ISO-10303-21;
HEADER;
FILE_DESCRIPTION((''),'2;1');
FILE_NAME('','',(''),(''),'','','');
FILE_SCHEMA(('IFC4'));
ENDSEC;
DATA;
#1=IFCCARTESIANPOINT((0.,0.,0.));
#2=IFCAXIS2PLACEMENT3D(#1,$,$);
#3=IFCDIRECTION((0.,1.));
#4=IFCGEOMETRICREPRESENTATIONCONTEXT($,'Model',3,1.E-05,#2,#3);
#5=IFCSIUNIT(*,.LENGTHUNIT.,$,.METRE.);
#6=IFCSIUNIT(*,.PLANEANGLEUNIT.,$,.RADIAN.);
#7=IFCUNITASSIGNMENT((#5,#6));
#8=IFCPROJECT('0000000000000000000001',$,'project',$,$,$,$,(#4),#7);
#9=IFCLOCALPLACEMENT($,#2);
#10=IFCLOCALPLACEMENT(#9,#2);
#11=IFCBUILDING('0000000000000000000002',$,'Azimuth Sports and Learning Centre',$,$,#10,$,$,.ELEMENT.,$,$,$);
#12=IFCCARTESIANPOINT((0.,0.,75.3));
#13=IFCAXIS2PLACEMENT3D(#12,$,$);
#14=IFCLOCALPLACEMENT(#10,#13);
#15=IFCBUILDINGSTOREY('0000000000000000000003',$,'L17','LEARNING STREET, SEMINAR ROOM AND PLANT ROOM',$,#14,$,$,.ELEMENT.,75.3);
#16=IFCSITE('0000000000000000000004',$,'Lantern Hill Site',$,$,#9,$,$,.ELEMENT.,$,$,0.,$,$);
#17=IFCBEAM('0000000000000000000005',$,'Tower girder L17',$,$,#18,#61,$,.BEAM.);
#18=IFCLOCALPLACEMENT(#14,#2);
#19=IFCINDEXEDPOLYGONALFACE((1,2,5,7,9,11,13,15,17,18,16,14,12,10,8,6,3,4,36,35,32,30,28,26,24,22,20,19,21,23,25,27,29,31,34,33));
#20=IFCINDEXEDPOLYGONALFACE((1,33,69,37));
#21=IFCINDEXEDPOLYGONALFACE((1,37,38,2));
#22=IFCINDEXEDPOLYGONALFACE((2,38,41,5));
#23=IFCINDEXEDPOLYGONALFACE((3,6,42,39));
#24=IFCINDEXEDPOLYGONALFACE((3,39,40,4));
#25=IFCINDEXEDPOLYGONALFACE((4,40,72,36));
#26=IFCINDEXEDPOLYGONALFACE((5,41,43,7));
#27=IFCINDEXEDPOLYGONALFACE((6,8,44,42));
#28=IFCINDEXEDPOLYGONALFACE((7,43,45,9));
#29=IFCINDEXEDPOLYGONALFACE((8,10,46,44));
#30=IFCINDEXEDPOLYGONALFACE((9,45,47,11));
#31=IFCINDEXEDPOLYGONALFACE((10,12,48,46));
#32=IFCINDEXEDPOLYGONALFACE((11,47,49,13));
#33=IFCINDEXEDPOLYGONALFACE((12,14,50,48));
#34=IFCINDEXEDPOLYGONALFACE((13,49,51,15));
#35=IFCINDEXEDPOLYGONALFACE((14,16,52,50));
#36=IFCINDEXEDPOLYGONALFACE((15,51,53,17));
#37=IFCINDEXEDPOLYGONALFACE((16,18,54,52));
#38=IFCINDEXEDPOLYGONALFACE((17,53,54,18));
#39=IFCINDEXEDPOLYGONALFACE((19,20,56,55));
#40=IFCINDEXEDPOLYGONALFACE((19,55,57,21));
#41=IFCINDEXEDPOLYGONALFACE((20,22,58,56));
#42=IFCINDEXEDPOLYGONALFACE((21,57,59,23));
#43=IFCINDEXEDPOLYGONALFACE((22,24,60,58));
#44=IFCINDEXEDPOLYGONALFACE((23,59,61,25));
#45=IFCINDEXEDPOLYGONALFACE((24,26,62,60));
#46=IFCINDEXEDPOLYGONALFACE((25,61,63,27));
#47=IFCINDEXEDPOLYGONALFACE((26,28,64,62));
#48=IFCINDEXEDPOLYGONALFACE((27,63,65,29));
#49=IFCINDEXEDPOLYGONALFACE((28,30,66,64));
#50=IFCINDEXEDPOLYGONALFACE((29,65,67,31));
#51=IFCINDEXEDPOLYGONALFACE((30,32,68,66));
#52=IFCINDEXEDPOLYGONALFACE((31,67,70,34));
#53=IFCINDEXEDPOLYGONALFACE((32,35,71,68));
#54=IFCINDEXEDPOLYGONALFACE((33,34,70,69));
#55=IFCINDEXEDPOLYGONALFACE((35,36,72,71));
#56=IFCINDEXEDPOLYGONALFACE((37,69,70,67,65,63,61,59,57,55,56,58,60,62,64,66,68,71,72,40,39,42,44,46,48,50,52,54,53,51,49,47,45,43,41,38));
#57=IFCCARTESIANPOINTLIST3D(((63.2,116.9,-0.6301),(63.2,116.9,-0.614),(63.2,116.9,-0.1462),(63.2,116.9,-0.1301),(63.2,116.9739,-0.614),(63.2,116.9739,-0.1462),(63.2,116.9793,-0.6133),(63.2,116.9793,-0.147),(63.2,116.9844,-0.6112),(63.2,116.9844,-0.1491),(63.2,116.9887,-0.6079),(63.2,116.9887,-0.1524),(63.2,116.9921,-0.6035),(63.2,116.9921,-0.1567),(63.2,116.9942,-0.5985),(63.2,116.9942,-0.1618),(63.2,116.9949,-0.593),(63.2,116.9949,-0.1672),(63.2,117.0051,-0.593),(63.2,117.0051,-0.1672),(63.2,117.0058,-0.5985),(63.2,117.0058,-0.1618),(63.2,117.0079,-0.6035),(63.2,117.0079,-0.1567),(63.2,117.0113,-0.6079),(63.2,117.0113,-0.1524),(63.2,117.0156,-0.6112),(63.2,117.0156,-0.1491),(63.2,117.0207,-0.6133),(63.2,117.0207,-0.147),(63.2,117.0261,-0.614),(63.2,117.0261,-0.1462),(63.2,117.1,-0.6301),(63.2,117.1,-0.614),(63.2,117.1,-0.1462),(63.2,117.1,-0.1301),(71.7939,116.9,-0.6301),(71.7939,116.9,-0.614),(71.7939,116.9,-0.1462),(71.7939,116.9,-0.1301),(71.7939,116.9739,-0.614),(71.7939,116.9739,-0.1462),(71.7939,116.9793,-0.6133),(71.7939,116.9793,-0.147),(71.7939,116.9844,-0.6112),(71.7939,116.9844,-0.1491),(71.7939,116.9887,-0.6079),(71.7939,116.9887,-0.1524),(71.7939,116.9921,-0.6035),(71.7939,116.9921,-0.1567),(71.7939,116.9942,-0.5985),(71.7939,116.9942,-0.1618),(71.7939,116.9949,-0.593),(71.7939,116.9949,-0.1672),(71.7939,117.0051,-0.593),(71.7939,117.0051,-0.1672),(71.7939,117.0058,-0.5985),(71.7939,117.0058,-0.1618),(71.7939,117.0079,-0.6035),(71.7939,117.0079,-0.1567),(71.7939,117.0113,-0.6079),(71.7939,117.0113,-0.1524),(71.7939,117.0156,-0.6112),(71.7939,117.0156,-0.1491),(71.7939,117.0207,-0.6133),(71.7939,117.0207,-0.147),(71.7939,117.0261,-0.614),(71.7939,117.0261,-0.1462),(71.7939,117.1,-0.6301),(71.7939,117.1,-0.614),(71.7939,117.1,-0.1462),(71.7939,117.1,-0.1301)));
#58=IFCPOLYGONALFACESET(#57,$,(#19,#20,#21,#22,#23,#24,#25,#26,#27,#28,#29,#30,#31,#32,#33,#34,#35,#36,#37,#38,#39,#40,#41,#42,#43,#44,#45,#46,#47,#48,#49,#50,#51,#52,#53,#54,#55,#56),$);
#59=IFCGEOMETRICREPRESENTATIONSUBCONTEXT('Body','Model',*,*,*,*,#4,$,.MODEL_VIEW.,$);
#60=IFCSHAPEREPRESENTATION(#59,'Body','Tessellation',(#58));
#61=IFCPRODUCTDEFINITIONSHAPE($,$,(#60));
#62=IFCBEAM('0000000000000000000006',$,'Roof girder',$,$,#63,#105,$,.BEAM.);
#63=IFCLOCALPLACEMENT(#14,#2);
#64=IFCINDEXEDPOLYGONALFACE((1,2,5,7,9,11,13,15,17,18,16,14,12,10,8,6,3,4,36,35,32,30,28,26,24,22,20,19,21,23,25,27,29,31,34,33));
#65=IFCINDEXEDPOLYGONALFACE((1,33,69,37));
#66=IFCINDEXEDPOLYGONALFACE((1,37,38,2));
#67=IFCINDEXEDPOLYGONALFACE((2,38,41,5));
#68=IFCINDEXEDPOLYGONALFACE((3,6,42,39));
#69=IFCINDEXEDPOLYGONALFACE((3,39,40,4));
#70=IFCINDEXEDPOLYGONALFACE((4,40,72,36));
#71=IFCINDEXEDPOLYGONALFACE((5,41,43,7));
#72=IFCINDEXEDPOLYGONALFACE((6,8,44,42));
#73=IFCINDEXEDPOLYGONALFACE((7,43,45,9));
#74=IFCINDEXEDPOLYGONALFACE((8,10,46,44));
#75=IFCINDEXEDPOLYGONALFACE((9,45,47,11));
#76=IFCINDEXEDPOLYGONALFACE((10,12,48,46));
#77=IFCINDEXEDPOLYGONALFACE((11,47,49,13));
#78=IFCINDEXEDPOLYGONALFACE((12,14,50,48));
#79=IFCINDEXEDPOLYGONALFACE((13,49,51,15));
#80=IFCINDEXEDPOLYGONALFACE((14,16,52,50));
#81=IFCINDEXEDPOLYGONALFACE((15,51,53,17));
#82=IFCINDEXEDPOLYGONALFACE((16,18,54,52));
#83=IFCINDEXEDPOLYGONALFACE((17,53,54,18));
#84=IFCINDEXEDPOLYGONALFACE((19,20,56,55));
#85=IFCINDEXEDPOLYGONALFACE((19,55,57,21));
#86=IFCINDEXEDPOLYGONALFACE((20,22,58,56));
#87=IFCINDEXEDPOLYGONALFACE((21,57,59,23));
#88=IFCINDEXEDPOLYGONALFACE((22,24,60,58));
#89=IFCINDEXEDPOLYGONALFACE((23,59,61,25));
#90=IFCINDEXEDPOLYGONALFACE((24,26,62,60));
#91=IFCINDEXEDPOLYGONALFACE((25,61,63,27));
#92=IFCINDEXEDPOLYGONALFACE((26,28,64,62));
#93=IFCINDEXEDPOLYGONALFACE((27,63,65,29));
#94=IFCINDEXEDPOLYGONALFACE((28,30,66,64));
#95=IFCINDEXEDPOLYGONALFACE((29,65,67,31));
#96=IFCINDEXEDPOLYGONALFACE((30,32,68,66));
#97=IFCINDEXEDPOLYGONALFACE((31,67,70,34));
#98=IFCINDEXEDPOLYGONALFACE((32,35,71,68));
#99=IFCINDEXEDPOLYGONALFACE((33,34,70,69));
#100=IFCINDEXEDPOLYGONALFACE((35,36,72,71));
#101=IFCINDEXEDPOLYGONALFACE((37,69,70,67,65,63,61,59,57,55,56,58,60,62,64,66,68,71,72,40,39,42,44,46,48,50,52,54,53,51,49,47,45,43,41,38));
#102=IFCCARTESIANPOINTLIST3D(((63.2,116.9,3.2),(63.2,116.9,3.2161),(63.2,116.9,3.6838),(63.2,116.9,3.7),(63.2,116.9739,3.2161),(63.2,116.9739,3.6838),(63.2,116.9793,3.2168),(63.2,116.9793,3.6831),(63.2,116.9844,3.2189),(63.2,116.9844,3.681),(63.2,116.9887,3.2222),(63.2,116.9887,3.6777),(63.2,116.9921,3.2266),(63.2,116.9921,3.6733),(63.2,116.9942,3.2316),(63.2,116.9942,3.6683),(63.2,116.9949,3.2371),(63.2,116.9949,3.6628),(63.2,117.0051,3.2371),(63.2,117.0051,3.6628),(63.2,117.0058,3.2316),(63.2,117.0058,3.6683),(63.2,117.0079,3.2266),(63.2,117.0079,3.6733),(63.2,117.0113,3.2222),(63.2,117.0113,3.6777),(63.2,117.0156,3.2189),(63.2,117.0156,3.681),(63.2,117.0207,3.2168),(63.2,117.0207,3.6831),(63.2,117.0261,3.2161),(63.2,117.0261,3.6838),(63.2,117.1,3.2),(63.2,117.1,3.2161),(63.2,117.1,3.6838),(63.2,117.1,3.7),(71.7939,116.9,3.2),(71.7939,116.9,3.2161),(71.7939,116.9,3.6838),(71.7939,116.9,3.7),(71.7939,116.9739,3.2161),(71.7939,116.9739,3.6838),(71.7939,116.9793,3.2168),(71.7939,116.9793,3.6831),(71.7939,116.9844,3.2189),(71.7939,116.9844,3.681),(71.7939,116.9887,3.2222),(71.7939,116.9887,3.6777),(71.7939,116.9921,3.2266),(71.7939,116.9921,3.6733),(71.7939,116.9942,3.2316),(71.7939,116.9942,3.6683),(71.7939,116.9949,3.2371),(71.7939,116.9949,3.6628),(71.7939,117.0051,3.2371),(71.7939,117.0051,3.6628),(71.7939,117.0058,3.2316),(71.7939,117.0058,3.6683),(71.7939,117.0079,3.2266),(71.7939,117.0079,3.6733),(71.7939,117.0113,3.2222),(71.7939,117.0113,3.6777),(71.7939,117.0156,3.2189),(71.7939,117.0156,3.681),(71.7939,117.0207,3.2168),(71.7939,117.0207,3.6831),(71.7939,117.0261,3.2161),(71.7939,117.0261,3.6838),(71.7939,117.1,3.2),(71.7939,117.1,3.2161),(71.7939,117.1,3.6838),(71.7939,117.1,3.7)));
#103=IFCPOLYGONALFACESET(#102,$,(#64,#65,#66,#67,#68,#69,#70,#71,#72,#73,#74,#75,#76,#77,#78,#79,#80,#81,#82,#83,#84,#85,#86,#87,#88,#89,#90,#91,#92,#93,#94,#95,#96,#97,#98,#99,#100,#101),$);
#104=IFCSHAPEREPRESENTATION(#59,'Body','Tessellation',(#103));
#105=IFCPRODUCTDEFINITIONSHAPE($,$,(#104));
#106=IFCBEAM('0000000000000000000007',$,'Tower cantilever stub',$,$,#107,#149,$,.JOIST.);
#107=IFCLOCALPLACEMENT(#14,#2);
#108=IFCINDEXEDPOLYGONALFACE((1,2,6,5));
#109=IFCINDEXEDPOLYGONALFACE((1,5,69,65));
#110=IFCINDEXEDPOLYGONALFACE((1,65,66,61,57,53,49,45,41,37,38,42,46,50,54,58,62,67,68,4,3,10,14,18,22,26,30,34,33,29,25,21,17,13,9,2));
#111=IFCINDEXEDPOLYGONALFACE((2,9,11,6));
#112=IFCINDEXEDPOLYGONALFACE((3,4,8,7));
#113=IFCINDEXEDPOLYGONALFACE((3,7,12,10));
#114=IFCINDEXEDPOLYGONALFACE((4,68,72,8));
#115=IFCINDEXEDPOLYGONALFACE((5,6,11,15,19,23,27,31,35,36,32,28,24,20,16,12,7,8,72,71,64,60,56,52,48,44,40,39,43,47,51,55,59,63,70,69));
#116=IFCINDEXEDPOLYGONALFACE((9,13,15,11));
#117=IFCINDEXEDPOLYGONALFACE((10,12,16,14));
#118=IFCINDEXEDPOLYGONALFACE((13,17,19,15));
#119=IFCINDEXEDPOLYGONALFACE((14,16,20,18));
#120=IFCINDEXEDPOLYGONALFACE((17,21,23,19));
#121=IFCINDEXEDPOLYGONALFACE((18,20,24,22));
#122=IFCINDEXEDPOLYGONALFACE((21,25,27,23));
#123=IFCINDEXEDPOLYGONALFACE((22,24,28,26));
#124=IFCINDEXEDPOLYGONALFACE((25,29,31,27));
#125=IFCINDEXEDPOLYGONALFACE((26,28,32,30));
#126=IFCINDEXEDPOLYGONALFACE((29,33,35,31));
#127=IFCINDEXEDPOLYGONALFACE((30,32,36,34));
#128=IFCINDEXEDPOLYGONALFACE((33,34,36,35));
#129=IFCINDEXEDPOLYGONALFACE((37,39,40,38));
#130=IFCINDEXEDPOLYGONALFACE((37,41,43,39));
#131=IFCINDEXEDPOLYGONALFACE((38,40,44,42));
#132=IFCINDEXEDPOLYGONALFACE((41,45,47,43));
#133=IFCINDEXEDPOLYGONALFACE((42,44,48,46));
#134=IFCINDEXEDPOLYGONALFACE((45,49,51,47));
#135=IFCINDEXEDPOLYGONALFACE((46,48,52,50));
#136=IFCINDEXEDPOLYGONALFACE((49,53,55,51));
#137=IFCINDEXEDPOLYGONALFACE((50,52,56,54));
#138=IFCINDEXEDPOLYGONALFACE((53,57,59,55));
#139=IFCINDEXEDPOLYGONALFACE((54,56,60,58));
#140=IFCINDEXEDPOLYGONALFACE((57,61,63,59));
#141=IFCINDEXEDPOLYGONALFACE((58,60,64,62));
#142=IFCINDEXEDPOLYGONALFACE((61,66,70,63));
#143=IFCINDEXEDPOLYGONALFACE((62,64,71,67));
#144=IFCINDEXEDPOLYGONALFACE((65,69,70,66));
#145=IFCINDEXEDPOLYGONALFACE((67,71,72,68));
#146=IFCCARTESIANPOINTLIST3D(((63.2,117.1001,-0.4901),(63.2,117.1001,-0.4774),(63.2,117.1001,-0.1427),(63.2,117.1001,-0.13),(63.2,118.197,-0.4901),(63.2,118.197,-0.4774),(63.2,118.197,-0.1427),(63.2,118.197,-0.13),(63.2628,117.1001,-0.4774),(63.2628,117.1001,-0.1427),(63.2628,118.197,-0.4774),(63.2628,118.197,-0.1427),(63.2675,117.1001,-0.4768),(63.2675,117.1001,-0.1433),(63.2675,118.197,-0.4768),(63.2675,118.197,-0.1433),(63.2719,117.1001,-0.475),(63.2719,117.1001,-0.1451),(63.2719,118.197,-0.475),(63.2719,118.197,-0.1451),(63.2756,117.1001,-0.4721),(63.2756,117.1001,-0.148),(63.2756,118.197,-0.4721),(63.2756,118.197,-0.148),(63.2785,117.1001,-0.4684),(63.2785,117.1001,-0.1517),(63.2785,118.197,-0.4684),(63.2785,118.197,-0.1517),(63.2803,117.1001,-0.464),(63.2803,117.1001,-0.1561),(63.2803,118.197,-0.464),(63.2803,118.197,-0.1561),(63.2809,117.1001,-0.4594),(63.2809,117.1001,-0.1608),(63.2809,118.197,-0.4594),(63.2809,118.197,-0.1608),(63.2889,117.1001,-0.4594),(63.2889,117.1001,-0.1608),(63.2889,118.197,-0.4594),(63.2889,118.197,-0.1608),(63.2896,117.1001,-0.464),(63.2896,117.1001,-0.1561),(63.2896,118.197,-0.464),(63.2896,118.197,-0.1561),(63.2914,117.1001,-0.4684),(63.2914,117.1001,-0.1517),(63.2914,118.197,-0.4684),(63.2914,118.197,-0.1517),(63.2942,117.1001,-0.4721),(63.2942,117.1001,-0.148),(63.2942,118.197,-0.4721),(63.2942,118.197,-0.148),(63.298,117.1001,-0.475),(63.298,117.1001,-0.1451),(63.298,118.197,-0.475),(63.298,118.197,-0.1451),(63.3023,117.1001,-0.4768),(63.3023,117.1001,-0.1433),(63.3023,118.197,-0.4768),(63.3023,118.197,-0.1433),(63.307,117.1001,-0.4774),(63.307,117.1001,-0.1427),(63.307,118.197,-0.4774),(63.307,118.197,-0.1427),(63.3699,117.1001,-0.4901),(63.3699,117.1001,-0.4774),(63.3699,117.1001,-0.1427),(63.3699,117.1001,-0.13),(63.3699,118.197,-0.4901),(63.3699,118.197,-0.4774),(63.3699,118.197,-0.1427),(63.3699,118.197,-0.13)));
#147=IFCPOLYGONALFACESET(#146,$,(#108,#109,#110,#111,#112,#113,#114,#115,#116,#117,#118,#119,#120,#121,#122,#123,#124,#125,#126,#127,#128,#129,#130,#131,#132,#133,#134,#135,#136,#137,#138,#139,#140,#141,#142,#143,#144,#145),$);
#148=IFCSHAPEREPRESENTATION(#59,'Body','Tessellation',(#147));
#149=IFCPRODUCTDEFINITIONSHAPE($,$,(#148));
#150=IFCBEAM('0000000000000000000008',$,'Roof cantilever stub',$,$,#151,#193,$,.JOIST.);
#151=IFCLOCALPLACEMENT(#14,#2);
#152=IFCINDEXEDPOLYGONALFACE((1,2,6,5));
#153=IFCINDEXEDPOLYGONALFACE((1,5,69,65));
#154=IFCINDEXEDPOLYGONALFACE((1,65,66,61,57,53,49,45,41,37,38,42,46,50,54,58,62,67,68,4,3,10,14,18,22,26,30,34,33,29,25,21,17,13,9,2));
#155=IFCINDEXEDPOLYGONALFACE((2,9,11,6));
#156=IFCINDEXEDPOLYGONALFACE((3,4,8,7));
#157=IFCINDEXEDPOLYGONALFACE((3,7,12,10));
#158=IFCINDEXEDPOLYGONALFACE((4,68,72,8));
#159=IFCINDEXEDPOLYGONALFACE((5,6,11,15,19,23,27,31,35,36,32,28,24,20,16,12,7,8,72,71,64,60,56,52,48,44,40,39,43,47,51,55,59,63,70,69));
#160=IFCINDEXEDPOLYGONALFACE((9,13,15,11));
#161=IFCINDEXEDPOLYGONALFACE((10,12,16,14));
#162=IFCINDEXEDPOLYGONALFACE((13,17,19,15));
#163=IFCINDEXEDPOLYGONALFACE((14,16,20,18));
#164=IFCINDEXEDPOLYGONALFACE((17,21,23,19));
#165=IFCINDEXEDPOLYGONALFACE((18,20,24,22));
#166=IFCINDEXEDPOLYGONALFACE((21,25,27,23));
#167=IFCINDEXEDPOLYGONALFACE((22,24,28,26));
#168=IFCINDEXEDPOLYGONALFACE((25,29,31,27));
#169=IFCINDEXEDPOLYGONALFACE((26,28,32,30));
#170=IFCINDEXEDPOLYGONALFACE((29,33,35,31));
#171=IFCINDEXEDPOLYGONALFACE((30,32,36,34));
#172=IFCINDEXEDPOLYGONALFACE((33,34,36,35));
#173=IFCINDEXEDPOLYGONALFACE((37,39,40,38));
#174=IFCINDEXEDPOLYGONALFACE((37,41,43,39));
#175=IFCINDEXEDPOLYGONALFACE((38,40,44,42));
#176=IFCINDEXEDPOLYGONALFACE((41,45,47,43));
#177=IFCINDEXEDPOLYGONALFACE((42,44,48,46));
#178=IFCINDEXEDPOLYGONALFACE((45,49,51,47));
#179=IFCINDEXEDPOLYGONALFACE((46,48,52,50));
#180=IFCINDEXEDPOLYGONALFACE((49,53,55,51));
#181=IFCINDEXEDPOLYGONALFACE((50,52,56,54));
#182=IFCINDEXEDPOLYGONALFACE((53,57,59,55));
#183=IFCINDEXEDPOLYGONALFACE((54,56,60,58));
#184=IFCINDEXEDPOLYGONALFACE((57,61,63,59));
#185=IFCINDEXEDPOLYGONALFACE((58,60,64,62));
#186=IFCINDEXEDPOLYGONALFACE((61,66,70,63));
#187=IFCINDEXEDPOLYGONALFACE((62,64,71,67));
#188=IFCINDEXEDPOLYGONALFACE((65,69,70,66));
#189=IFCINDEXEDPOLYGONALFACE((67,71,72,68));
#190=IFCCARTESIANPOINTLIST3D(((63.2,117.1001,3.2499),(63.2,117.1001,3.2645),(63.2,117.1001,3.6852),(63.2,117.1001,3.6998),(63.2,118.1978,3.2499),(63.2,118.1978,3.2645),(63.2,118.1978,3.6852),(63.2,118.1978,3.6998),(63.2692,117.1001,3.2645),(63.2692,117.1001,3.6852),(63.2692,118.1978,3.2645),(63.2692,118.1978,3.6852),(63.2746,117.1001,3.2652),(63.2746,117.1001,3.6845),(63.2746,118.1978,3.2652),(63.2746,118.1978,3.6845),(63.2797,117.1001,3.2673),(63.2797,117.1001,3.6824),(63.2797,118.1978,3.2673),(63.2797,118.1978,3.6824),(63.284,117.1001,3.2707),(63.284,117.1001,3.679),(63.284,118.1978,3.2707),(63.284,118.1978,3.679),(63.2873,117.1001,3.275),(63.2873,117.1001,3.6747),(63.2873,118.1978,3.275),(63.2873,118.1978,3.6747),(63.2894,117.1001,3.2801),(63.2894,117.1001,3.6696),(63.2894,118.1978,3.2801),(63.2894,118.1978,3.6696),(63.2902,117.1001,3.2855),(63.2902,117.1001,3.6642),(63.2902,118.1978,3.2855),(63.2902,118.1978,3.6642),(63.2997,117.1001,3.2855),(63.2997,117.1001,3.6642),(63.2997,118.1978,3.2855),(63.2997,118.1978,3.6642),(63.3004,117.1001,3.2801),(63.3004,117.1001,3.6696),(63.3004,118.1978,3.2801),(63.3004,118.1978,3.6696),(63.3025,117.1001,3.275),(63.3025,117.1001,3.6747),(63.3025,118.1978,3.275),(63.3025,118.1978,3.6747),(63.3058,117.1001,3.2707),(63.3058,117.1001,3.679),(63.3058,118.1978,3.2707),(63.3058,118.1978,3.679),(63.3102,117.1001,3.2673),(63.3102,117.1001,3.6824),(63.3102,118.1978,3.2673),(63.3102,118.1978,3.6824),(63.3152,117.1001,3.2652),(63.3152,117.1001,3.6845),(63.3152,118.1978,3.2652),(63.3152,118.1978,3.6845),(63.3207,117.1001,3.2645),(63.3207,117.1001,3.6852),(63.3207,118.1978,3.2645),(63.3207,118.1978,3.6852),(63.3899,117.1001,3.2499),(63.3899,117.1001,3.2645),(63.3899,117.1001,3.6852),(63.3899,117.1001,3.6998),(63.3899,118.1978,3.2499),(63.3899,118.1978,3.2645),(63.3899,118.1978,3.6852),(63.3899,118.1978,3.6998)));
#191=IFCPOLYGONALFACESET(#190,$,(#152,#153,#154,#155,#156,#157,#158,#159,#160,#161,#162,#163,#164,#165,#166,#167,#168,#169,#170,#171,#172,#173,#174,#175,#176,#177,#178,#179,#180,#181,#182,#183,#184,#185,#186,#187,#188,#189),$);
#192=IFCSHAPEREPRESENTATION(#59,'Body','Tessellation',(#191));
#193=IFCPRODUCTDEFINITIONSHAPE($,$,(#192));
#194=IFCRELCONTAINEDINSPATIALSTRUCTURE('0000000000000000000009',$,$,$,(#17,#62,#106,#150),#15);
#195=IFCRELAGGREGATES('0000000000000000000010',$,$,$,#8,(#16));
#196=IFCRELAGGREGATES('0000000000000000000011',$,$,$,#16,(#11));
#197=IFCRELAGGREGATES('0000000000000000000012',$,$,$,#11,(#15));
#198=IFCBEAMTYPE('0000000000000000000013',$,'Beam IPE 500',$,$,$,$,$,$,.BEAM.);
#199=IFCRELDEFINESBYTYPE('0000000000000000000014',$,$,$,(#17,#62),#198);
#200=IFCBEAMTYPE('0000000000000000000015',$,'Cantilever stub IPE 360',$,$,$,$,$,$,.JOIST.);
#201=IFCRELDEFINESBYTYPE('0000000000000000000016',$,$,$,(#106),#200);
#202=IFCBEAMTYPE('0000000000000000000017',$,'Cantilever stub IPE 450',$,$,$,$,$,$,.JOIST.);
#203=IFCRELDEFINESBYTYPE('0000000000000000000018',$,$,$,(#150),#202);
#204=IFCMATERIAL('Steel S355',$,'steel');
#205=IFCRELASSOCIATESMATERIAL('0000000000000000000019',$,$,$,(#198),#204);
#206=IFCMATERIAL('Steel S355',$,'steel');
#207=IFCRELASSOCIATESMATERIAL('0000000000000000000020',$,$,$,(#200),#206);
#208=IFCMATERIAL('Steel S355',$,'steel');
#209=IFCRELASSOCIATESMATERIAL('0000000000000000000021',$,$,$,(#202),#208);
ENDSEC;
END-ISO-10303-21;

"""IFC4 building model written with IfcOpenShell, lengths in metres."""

from ifc_helpers import new_model, si_unit, direction, frame, origin, origin_2d, place, context, subcontext, project, spatial, i_section, extrude, material, material_profile, profile_set, type_object, element, save


model = new_model("IFC4")

# Units and contexts
model_context = context("Model", 3, precision=1e-05, world=origin(), true_north=direction((0.0, 1.0)))
body_context = subcontext(model_context, "Body", "Model", "MODEL_VIEW")
ifc_project = project(units=[si_unit("LENGTHUNIT", "METRE"), si_unit("PLANEANGLEUNIT", "RADIAN")], contexts=[model_context])

# Site, building, storey
site_placement = place(None, origin())
site = spatial("IfcSite", under=ifc_project, at=site_placement, Name="Lantern Hill Site", CompositionType="ELEMENT", RefElevation=0.0)
building_placement = place(site_placement, origin())
building = spatial("IfcBuilding", under=site, at=building_placement, Name="Azimuth Sports and Learning Centre", CompositionType="ELEMENT")
storey_placement = place(building_placement, frame((0.0, 0.0, 75.3)))
storey = spatial("IfcBuildingStorey", under=building, at=storey_placement, Name="L17", Description="LEARNING STREET, SEMINAR ROOM AND PLANT ROOM", CompositionType="ELEMENT", Elevation=75.3)

# Beams
ifc_material_1 = material(Name="Steel S355", Category="steel")
ifc_material_profile_1 = material_profile(ifc_material_1, i_section(OverallWidth=0.2, OverallDepth=0.5, WebThickness=0.0103, FlangeThickness=0.0161, FilletRadius=0.021, at=origin_2d()), Name="IPE 500")
ifc_profile_set_1 = profile_set([ifc_material_profile_1], Name="Steel S355")
beam_type_1 = type_object("IfcBeamType", Name="Beam IPE 500", PredefinedType="BEAM", material=ifc_profile_set_1)
for number, where, z_axis, x_axis, name in (
    (1, (63.2, 117.0, -0.3801), (1.0, 0.0, 0.0), (0.0, 1.0, 0.0), "Tower girder L17"),
    (2, (63.2, 117.0, 3.45), (1.0, 0.0, 0.0), (0.0, 1.0, 0.0), "Roof girder"),
):
    element("IfcBeam", number, at=place(storey_placement, frame(where, z_axis=z_axis, x_axis=x_axis)), inside=storey, type_object=beam_type_1, Name=name, PredefinedType="BEAM", context=body_context, shape_type="SweptSolid", body=[
        extrude(i_section(OverallWidth=0.2, OverallDepth=0.5, WebThickness=0.0103, FlangeThickness=0.0161, FilletRadius=0.021, at=origin_2d()), origin(), (0.0, 0.0, 1.0), 8.594),
    ])
ifc_material_2 = material(Name="Steel S355", Category="steel")
ifc_material_profile_2 = material_profile(ifc_material_2, i_section(OverallWidth=0.1699, OverallDepth=0.3601, WebThickness=0.0081, FlangeThickness=0.0127, FilletRadius=0.0181, at=origin_2d()), Name="IPE 360")
ifc_profile_set_2 = profile_set([ifc_material_profile_2], Name="Steel S355")
beam_type_2 = type_object("IfcBeamType", Name="Cantilever stub IPE 360", PredefinedType="JOIST", material=ifc_profile_set_2)
beam_1_placement = place(storey_placement, frame((63.2849, 117.1001, -0.3101), z_axis=(0.0, 1.0, 0.0), x_axis=(-1.0, 0.0, 0.0)))
element("IfcBeam", 3, at=beam_1_placement, inside=storey, type_object=beam_type_2, Name="Tower cantilever stub", PredefinedType="JOIST", context=body_context, shape_type="SweptSolid", body=[
    extrude(i_section(OverallWidth=0.1699, OverallDepth=0.3601, WebThickness=0.0081, FlangeThickness=0.0127, FilletRadius=0.0181, at=origin_2d()), origin(), (0.0, 0.0, 1.0), 1.0969),
])
ifc_material_3 = material(Name="Steel S355", Category="steel")
ifc_material_profile_3 = material_profile(ifc_material_3, i_section(OverallWidth=0.1899, OverallDepth=0.45, WebThickness=0.0095, FlangeThickness=0.0146, FilletRadius=0.021, at=origin_2d()), Name="IPE 450")
ifc_profile_set_3 = profile_set([ifc_material_profile_3], Name="Steel S355")
beam_type_3 = type_object("IfcBeamType", Name="Cantilever stub IPE 450", PredefinedType="JOIST", material=ifc_profile_set_3)
beam_2_placement = place(storey_placement, frame((63.2949, 117.1001, 3.4749), z_axis=(0.0, 1.0, 0.0), x_axis=(-1.0, 0.0, 0.0)))
element("IfcBeam", 4, at=beam_2_placement, inside=storey, type_object=beam_type_3, Name="Roof cantilever stub", PredefinedType="JOIST", context=body_context, shape_type="SweptSolid", body=[
    extrude(i_section(OverallWidth=0.1899, OverallDepth=0.45, WebThickness=0.0095, FlangeThickness=0.0146, FilletRadius=0.021, at=origin_2d()), origin(), (0.0, 0.0, 1.0), 1.0977),
])

save(model, "model.ifc")
